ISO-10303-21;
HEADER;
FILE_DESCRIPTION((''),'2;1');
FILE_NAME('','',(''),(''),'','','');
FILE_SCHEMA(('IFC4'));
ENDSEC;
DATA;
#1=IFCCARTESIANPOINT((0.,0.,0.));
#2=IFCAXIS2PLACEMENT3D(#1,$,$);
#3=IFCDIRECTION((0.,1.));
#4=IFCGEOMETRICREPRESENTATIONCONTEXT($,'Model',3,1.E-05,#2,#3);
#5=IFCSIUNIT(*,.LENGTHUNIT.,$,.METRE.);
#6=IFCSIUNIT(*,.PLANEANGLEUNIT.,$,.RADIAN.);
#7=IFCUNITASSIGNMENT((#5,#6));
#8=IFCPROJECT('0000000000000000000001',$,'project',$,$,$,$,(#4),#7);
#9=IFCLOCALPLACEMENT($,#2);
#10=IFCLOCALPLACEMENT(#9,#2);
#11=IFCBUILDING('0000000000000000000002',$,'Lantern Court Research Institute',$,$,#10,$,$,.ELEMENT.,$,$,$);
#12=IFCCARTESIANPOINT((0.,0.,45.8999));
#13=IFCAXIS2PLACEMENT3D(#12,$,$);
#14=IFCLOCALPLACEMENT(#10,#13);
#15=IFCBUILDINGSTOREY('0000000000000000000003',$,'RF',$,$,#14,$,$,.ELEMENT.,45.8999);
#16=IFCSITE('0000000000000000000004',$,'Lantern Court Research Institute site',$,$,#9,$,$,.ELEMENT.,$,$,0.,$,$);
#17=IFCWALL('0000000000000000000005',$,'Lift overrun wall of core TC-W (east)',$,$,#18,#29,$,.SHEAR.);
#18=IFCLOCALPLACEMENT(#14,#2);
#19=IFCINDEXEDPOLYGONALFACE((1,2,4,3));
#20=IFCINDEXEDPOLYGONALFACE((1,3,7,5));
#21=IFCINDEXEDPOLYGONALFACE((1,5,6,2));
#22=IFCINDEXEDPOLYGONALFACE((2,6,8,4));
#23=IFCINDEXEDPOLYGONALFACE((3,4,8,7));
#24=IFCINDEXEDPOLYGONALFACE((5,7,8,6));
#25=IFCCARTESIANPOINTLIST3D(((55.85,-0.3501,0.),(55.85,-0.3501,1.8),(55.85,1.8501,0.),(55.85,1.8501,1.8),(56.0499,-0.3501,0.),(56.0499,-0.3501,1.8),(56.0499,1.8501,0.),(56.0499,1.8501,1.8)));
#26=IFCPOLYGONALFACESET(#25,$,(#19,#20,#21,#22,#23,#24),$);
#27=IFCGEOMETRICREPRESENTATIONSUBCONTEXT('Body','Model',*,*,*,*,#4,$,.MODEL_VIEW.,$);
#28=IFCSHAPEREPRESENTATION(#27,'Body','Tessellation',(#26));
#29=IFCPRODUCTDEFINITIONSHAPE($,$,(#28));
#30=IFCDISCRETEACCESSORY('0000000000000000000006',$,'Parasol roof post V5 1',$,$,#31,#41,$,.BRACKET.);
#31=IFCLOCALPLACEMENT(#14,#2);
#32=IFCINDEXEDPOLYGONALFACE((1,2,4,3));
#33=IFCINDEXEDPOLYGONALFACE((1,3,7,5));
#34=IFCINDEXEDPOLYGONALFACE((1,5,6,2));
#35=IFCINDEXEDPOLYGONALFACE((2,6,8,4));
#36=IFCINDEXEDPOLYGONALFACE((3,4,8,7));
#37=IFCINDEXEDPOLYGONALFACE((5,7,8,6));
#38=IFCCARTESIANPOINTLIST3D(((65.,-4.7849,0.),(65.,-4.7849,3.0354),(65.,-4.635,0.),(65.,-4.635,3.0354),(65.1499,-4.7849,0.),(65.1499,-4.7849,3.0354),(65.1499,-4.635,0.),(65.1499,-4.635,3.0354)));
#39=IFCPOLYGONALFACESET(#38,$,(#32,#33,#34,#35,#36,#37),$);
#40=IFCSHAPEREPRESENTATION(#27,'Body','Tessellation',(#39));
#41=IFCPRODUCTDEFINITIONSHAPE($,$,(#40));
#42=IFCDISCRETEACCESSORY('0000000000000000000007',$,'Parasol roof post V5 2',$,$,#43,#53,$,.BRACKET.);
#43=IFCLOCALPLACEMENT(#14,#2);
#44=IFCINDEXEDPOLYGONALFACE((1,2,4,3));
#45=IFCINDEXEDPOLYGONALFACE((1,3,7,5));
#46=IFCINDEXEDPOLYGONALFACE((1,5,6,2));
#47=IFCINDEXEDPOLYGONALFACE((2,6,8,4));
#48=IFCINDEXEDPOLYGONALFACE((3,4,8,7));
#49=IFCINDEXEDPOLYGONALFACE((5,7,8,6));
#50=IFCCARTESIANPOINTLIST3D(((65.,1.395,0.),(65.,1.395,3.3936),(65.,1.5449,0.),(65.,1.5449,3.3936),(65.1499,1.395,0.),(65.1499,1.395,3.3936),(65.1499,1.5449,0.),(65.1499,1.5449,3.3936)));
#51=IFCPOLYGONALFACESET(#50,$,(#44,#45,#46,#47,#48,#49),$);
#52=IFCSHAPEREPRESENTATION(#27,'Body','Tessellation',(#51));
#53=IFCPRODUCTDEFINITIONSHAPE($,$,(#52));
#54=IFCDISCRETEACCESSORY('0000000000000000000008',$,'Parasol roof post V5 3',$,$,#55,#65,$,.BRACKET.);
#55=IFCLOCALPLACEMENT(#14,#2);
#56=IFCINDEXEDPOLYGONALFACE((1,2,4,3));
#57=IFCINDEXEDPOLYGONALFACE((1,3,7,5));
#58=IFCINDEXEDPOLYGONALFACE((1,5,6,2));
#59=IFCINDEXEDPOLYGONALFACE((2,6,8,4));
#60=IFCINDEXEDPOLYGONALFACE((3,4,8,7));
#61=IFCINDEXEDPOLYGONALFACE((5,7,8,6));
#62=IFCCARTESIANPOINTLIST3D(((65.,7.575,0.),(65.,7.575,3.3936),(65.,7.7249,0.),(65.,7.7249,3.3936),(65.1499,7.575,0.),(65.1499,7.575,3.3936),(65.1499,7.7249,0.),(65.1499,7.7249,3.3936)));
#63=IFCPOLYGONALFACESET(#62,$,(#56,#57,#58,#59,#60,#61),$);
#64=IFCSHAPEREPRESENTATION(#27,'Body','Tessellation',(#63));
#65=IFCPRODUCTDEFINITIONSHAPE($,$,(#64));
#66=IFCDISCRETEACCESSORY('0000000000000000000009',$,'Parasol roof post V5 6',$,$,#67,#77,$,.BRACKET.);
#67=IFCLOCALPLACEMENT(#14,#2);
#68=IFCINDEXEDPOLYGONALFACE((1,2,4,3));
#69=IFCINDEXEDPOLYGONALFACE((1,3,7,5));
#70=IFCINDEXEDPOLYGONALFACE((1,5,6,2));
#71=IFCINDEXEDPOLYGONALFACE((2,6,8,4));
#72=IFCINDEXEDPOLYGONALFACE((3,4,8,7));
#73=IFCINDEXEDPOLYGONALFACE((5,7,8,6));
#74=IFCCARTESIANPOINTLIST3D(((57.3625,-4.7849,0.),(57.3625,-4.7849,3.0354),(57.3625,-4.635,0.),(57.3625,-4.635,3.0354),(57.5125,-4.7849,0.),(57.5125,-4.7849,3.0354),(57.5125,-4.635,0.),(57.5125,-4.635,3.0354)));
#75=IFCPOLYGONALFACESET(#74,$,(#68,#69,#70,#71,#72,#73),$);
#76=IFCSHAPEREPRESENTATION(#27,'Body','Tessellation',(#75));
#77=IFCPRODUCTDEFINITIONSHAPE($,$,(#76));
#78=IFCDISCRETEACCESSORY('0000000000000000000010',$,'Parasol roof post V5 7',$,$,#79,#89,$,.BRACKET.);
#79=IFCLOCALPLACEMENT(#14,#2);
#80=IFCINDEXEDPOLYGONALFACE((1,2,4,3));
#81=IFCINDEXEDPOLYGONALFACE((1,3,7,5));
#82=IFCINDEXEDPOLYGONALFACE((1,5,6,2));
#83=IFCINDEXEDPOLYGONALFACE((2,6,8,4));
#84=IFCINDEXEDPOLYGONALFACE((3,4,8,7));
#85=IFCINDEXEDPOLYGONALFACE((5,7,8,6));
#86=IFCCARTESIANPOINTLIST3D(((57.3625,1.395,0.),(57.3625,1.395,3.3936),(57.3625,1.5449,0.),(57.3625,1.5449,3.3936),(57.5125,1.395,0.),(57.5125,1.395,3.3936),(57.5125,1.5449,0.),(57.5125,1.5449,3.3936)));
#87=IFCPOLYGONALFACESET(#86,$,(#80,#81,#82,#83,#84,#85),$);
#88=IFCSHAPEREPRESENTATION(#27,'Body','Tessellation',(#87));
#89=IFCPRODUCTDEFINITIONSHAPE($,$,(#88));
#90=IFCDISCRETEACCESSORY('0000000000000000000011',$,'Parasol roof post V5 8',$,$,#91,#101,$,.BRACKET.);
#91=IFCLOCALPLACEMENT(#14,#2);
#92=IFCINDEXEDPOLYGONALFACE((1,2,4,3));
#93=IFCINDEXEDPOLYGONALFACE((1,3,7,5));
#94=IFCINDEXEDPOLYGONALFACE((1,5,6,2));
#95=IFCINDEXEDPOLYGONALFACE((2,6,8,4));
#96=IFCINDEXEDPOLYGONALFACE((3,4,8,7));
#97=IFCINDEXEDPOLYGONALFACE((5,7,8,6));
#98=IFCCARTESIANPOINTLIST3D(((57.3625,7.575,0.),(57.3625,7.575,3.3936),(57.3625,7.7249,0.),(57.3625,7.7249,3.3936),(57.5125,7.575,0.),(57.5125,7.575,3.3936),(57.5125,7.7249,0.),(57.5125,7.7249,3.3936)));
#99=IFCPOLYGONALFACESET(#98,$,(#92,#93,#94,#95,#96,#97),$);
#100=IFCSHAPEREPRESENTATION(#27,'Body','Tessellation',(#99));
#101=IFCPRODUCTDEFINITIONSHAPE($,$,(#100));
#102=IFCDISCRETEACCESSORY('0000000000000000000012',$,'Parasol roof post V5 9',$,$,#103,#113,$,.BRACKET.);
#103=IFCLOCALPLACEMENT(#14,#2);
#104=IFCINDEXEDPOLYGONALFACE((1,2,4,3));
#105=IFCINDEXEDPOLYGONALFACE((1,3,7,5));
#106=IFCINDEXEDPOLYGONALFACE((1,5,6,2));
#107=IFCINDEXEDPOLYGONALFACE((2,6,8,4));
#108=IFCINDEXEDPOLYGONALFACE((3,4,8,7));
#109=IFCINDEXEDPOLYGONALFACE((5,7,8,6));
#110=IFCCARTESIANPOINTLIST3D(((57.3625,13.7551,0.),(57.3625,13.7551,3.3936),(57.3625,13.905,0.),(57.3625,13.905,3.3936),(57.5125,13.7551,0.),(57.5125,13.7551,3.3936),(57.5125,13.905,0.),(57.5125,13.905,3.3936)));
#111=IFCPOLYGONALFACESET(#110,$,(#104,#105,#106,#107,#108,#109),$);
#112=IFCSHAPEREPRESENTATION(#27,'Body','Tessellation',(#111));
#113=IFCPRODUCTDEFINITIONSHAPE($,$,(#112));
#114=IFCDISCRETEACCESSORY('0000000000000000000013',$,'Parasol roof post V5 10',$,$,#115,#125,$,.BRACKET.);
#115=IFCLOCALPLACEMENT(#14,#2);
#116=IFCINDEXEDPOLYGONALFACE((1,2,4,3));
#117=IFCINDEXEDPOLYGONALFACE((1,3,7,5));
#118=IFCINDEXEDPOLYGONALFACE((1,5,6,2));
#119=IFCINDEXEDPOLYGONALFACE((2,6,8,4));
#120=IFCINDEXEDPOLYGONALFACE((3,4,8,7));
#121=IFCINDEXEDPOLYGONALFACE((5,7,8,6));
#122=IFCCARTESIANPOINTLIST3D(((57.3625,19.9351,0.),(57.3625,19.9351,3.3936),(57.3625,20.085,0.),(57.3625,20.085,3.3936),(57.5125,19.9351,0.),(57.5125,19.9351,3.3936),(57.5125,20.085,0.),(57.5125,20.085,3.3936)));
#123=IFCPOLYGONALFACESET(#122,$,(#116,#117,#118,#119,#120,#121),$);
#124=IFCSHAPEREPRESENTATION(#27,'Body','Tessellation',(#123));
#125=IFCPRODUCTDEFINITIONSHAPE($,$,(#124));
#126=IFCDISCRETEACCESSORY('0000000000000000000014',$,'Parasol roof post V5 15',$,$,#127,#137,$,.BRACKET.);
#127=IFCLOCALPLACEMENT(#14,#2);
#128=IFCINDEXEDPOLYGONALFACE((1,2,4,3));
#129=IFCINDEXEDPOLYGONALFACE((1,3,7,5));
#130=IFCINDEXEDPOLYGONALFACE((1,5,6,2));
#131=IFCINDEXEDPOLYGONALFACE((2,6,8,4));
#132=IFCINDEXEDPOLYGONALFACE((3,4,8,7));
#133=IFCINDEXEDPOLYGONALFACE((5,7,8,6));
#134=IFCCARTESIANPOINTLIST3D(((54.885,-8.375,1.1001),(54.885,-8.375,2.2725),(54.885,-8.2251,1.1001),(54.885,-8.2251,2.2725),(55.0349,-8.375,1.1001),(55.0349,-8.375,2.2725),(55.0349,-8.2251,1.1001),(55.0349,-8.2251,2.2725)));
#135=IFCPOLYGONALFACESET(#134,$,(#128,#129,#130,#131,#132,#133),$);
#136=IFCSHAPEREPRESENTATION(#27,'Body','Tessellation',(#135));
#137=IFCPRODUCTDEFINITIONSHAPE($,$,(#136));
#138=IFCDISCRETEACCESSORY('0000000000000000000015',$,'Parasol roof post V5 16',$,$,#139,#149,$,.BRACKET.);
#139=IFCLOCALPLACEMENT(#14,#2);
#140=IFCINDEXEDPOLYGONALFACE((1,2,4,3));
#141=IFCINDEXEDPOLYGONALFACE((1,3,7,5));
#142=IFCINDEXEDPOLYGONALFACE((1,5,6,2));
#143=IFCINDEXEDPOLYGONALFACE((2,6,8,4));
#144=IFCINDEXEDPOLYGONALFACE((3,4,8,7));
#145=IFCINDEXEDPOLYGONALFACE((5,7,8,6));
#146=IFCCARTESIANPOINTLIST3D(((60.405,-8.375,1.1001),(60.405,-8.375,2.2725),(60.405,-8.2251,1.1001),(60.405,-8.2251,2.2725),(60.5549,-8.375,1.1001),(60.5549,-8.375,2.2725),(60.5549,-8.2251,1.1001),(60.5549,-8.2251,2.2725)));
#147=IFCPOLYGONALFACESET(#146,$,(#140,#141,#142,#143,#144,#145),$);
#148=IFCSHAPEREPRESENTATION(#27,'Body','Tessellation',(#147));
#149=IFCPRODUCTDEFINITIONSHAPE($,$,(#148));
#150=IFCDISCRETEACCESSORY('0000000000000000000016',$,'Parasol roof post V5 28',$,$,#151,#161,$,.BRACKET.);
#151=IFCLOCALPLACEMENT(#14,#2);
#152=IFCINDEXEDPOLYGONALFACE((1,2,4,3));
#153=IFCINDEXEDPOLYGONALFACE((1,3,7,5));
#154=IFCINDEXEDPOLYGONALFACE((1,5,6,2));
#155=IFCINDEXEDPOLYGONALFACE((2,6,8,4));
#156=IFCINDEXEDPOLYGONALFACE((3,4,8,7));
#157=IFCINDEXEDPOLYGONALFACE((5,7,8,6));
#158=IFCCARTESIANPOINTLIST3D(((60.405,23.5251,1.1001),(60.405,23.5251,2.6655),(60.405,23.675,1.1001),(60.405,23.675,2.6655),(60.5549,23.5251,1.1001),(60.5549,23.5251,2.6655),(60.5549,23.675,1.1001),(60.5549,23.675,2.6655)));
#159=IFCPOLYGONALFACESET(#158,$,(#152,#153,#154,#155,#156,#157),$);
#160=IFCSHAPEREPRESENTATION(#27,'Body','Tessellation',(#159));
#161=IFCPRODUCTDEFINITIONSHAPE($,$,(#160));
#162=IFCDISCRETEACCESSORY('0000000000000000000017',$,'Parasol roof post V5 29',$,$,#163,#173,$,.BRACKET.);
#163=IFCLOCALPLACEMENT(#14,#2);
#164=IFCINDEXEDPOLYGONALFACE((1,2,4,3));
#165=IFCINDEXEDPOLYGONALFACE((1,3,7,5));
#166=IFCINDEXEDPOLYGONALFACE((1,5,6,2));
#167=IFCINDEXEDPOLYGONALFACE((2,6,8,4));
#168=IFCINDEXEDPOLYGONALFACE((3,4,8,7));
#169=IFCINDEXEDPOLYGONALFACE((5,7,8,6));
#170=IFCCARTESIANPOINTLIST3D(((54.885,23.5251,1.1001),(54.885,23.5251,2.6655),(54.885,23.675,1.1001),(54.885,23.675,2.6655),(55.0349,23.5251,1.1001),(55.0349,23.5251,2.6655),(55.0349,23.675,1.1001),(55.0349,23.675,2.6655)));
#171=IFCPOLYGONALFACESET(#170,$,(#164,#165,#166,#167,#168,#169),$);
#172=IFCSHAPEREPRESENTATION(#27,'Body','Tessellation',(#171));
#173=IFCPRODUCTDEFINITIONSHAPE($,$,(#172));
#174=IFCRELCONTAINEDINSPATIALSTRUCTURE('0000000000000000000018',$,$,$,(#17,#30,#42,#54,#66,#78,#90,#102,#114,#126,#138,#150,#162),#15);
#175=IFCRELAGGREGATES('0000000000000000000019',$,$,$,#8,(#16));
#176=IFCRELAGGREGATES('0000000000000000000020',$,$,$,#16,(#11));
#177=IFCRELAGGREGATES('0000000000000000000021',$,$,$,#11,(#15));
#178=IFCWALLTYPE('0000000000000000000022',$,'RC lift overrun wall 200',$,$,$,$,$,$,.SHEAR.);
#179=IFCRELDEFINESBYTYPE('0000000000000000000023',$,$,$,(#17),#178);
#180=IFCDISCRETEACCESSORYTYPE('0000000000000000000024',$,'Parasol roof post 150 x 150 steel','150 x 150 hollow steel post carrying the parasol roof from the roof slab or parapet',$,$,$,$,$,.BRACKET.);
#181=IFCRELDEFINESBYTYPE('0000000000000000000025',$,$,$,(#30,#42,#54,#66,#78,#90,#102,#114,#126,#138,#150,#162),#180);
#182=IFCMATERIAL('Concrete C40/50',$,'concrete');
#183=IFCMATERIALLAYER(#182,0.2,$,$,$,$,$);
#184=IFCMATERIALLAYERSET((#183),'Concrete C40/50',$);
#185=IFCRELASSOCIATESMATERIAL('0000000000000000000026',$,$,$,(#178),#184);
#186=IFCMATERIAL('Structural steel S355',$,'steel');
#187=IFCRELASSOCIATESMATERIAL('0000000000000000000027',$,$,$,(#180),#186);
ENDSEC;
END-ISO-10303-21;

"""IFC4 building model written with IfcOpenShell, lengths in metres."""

from ifc_helpers import new_model, si_unit, direction, frame, frame_2d, origin, origin_2d, place, context, subcontext, project, spatial, rectangle, extrude, material, layer, layer_set, type_object, element, save


model = new_model("IFC4")

# Units and contexts
model_context = context("Model", 3, precision=1e-05, world=origin(), true_north=direction((0.0, 1.0)))
body_context = subcontext(model_context, "Body", "Model", "MODEL_VIEW")
ifc_project = project(units=[si_unit("LENGTHUNIT", "METRE"), si_unit("PLANEANGLEUNIT", "RADIAN")], contexts=[model_context])

# Site, building, storey
site_placement = place(None, origin())
site = spatial("IfcSite", under=ifc_project, at=site_placement, Name="Lantern Court Research Institute site", CompositionType="ELEMENT", RefElevation=0.0)
building_placement = place(site_placement, origin())
building = spatial("IfcBuilding", under=site, at=building_placement, Name="Lantern Court Research Institute", CompositionType="ELEMENT")
storey_placement = place(building_placement, frame((0.0, 0.0, 45.8999)))
storey = spatial("IfcBuildingStorey", under=building, at=storey_placement, Name="RF", CompositionType="ELEMENT", Elevation=45.8999)

# Wall
ifc_material_1 = material(Name="Concrete C40/50", Category="concrete")
ifc_layer = layer(ifc_material_1, 0.2)
ifc_layer_set = layer_set([ifc_layer], Name="Concrete C40/50")
wall_type = type_object("IfcWallType", Name="RC lift overrun wall 200", PredefinedType="SHEAR", material=ifc_layer_set)
wall_placement = place(storey_placement, frame((55.95, -0.3501, 0.0), z_axis=(0.0, 0.0, 1.0), x_axis=(0.0, 1.0, 0.0)))
element("IfcWall", 1, at=wall_placement, inside=storey, type_object=wall_type, Name="Lift overrun wall of core TC-W (east)", PredefinedType="SHEAR", context=body_context, shape_type="SweptSolid", body=[
    extrude(rectangle(XDim=2.2002, YDim=0.2, at=frame_2d((1.1001, 0.0))), origin(), (0.0, 0.0, 1.0), 1.8),
])

# Discrete accessories
ifc_material_2 = material(Name="Structural steel S355", Category="steel")
discrete_accessory_type = type_object("IfcDiscreteAccessoryType", Name="Parasol roof post 150 x 150 steel", Description="150 x 150 hollow steel post carrying the parasol roof from the roof slab or parapet", PredefinedType="BRACKET", material=ifc_material_2)
discrete_accessory_1_placement = place(storey_placement, frame((65.075, -4.71, 0.0), z_axis=(0.0, 0.0, 1.0), x_axis=(1.0, 0.0, 0.0)))
element("IfcDiscreteAccessory", 2, at=discrete_accessory_1_placement, inside=storey, type_object=discrete_accessory_type, Name="Parasol roof post V5 1", PredefinedType="BRACKET", context=body_context, shape_type="SweptSolid", body=[
    extrude(rectangle(XDim=0.1499, YDim=0.1499, at=origin_2d()), origin(), (0.0, 0.0, 1.0), 3.0354),
])
for number, where, z_axis, x_axis, name in (
    (3, (65.075, 1.47, 0.0), (0.0, 0.0, 1.0), (1.0, 0.0, 0.0), "Parasol roof post V5 2"),
    (4, (65.075, 7.6499, 0.0), (0.0, 0.0, 1.0), (1.0, 0.0, 0.0), "Parasol roof post V5 3"),
):
    element("IfcDiscreteAccessory", number, at=place(storey_placement, frame(where, z_axis=z_axis, x_axis=x_axis)), inside=storey, type_object=discrete_accessory_type, Name=name, PredefinedType="BRACKET", context=body_context, shape_type="SweptSolid", body=[
        extrude(rectangle(XDim=0.1499, YDim=0.1499, at=origin_2d()), origin(), (0.0, 0.0, 1.0), 3.3936),
    ])
discrete_accessory_2_placement = place(storey_placement, frame((57.4375, -4.71, 0.0), z_axis=(0.0, 0.0, 1.0), x_axis=(1.0, 0.0, 0.0)))
element("IfcDiscreteAccessory", 5, at=discrete_accessory_2_placement, inside=storey, type_object=discrete_accessory_type, Name="Parasol roof post V5 6", PredefinedType="BRACKET", context=body_context, shape_type="SweptSolid", body=[
    extrude(rectangle(XDim=0.1499, YDim=0.1499, at=origin_2d()), origin(), (0.0, 0.0, 1.0), 3.0354),
])
for number, where, z_axis, x_axis, name in (
    (6, (57.4375, 1.47, 0.0), (0.0, 0.0, 1.0), (1.0, 0.0, 0.0), "Parasol roof post V5 7"),
    (7, (57.4375, 7.6499, 0.0), (0.0, 0.0, 1.0), (1.0, 0.0, 0.0), "Parasol roof post V5 8"),
    (8, (57.4375, 13.8301, 0.0), (0.0, 0.0, 1.0), (1.0, 0.0, 0.0), "Parasol roof post V5 9"),
    (9, (57.4375, 20.01, 0.0), (0.0, 0.0, 1.0), (1.0, 0.0, 0.0), "Parasol roof post V5 10"),
):
    element("IfcDiscreteAccessory", number, at=place(storey_placement, frame(where, z_axis=z_axis, x_axis=x_axis)), inside=storey, type_object=discrete_accessory_type, Name=name, PredefinedType="BRACKET", context=body_context, shape_type="SweptSolid", body=[
        extrude(rectangle(XDim=0.1499, YDim=0.1499, at=origin_2d()), origin(), (0.0, 0.0, 1.0), 3.3936),
    ])
for number, where, z_axis, x_axis, name in (
    (10, (54.96, -8.3, 1.1001), (0.0, 0.0, 1.0), (1.0, 0.0, 0.0), "Parasol roof post V5 15"),
    (11, (60.48, -8.3, 1.1001), (0.0, 0.0, 1.0), (1.0, 0.0, 0.0), "Parasol roof post V5 16"),
):
    element("IfcDiscreteAccessory", number, at=place(storey_placement, frame(where, z_axis=z_axis, x_axis=x_axis)), inside=storey, type_object=discrete_accessory_type, Name=name, PredefinedType="BRACKET", context=body_context, shape_type="SweptSolid", body=[
        extrude(rectangle(XDim=0.1499, YDim=0.1499, at=origin_2d()), origin(), (0.0, 0.0, 1.0), 1.1724),
    ])
for number, where, z_axis, x_axis, name in (
    (12, (60.48, 23.6001, 1.1001), (0.0, 0.0, 1.0), (1.0, 0.0, 0.0), "Parasol roof post V5 28"),
    (13, (54.96, 23.6001, 1.1001), (0.0, 0.0, 1.0), (1.0, 0.0, 0.0), "Parasol roof post V5 29"),
):
    element("IfcDiscreteAccessory", number, at=place(storey_placement, frame(where, z_axis=z_axis, x_axis=x_axis)), inside=storey, type_object=discrete_accessory_type, Name=name, PredefinedType="BRACKET", context=body_context, shape_type="SweptSolid", body=[
        extrude(rectangle(XDim=0.1499, YDim=0.1499, at=origin_2d()), origin(), (0.0, 0.0, 1.0), 1.5654),
    ])

save(model, "model.ifc")
